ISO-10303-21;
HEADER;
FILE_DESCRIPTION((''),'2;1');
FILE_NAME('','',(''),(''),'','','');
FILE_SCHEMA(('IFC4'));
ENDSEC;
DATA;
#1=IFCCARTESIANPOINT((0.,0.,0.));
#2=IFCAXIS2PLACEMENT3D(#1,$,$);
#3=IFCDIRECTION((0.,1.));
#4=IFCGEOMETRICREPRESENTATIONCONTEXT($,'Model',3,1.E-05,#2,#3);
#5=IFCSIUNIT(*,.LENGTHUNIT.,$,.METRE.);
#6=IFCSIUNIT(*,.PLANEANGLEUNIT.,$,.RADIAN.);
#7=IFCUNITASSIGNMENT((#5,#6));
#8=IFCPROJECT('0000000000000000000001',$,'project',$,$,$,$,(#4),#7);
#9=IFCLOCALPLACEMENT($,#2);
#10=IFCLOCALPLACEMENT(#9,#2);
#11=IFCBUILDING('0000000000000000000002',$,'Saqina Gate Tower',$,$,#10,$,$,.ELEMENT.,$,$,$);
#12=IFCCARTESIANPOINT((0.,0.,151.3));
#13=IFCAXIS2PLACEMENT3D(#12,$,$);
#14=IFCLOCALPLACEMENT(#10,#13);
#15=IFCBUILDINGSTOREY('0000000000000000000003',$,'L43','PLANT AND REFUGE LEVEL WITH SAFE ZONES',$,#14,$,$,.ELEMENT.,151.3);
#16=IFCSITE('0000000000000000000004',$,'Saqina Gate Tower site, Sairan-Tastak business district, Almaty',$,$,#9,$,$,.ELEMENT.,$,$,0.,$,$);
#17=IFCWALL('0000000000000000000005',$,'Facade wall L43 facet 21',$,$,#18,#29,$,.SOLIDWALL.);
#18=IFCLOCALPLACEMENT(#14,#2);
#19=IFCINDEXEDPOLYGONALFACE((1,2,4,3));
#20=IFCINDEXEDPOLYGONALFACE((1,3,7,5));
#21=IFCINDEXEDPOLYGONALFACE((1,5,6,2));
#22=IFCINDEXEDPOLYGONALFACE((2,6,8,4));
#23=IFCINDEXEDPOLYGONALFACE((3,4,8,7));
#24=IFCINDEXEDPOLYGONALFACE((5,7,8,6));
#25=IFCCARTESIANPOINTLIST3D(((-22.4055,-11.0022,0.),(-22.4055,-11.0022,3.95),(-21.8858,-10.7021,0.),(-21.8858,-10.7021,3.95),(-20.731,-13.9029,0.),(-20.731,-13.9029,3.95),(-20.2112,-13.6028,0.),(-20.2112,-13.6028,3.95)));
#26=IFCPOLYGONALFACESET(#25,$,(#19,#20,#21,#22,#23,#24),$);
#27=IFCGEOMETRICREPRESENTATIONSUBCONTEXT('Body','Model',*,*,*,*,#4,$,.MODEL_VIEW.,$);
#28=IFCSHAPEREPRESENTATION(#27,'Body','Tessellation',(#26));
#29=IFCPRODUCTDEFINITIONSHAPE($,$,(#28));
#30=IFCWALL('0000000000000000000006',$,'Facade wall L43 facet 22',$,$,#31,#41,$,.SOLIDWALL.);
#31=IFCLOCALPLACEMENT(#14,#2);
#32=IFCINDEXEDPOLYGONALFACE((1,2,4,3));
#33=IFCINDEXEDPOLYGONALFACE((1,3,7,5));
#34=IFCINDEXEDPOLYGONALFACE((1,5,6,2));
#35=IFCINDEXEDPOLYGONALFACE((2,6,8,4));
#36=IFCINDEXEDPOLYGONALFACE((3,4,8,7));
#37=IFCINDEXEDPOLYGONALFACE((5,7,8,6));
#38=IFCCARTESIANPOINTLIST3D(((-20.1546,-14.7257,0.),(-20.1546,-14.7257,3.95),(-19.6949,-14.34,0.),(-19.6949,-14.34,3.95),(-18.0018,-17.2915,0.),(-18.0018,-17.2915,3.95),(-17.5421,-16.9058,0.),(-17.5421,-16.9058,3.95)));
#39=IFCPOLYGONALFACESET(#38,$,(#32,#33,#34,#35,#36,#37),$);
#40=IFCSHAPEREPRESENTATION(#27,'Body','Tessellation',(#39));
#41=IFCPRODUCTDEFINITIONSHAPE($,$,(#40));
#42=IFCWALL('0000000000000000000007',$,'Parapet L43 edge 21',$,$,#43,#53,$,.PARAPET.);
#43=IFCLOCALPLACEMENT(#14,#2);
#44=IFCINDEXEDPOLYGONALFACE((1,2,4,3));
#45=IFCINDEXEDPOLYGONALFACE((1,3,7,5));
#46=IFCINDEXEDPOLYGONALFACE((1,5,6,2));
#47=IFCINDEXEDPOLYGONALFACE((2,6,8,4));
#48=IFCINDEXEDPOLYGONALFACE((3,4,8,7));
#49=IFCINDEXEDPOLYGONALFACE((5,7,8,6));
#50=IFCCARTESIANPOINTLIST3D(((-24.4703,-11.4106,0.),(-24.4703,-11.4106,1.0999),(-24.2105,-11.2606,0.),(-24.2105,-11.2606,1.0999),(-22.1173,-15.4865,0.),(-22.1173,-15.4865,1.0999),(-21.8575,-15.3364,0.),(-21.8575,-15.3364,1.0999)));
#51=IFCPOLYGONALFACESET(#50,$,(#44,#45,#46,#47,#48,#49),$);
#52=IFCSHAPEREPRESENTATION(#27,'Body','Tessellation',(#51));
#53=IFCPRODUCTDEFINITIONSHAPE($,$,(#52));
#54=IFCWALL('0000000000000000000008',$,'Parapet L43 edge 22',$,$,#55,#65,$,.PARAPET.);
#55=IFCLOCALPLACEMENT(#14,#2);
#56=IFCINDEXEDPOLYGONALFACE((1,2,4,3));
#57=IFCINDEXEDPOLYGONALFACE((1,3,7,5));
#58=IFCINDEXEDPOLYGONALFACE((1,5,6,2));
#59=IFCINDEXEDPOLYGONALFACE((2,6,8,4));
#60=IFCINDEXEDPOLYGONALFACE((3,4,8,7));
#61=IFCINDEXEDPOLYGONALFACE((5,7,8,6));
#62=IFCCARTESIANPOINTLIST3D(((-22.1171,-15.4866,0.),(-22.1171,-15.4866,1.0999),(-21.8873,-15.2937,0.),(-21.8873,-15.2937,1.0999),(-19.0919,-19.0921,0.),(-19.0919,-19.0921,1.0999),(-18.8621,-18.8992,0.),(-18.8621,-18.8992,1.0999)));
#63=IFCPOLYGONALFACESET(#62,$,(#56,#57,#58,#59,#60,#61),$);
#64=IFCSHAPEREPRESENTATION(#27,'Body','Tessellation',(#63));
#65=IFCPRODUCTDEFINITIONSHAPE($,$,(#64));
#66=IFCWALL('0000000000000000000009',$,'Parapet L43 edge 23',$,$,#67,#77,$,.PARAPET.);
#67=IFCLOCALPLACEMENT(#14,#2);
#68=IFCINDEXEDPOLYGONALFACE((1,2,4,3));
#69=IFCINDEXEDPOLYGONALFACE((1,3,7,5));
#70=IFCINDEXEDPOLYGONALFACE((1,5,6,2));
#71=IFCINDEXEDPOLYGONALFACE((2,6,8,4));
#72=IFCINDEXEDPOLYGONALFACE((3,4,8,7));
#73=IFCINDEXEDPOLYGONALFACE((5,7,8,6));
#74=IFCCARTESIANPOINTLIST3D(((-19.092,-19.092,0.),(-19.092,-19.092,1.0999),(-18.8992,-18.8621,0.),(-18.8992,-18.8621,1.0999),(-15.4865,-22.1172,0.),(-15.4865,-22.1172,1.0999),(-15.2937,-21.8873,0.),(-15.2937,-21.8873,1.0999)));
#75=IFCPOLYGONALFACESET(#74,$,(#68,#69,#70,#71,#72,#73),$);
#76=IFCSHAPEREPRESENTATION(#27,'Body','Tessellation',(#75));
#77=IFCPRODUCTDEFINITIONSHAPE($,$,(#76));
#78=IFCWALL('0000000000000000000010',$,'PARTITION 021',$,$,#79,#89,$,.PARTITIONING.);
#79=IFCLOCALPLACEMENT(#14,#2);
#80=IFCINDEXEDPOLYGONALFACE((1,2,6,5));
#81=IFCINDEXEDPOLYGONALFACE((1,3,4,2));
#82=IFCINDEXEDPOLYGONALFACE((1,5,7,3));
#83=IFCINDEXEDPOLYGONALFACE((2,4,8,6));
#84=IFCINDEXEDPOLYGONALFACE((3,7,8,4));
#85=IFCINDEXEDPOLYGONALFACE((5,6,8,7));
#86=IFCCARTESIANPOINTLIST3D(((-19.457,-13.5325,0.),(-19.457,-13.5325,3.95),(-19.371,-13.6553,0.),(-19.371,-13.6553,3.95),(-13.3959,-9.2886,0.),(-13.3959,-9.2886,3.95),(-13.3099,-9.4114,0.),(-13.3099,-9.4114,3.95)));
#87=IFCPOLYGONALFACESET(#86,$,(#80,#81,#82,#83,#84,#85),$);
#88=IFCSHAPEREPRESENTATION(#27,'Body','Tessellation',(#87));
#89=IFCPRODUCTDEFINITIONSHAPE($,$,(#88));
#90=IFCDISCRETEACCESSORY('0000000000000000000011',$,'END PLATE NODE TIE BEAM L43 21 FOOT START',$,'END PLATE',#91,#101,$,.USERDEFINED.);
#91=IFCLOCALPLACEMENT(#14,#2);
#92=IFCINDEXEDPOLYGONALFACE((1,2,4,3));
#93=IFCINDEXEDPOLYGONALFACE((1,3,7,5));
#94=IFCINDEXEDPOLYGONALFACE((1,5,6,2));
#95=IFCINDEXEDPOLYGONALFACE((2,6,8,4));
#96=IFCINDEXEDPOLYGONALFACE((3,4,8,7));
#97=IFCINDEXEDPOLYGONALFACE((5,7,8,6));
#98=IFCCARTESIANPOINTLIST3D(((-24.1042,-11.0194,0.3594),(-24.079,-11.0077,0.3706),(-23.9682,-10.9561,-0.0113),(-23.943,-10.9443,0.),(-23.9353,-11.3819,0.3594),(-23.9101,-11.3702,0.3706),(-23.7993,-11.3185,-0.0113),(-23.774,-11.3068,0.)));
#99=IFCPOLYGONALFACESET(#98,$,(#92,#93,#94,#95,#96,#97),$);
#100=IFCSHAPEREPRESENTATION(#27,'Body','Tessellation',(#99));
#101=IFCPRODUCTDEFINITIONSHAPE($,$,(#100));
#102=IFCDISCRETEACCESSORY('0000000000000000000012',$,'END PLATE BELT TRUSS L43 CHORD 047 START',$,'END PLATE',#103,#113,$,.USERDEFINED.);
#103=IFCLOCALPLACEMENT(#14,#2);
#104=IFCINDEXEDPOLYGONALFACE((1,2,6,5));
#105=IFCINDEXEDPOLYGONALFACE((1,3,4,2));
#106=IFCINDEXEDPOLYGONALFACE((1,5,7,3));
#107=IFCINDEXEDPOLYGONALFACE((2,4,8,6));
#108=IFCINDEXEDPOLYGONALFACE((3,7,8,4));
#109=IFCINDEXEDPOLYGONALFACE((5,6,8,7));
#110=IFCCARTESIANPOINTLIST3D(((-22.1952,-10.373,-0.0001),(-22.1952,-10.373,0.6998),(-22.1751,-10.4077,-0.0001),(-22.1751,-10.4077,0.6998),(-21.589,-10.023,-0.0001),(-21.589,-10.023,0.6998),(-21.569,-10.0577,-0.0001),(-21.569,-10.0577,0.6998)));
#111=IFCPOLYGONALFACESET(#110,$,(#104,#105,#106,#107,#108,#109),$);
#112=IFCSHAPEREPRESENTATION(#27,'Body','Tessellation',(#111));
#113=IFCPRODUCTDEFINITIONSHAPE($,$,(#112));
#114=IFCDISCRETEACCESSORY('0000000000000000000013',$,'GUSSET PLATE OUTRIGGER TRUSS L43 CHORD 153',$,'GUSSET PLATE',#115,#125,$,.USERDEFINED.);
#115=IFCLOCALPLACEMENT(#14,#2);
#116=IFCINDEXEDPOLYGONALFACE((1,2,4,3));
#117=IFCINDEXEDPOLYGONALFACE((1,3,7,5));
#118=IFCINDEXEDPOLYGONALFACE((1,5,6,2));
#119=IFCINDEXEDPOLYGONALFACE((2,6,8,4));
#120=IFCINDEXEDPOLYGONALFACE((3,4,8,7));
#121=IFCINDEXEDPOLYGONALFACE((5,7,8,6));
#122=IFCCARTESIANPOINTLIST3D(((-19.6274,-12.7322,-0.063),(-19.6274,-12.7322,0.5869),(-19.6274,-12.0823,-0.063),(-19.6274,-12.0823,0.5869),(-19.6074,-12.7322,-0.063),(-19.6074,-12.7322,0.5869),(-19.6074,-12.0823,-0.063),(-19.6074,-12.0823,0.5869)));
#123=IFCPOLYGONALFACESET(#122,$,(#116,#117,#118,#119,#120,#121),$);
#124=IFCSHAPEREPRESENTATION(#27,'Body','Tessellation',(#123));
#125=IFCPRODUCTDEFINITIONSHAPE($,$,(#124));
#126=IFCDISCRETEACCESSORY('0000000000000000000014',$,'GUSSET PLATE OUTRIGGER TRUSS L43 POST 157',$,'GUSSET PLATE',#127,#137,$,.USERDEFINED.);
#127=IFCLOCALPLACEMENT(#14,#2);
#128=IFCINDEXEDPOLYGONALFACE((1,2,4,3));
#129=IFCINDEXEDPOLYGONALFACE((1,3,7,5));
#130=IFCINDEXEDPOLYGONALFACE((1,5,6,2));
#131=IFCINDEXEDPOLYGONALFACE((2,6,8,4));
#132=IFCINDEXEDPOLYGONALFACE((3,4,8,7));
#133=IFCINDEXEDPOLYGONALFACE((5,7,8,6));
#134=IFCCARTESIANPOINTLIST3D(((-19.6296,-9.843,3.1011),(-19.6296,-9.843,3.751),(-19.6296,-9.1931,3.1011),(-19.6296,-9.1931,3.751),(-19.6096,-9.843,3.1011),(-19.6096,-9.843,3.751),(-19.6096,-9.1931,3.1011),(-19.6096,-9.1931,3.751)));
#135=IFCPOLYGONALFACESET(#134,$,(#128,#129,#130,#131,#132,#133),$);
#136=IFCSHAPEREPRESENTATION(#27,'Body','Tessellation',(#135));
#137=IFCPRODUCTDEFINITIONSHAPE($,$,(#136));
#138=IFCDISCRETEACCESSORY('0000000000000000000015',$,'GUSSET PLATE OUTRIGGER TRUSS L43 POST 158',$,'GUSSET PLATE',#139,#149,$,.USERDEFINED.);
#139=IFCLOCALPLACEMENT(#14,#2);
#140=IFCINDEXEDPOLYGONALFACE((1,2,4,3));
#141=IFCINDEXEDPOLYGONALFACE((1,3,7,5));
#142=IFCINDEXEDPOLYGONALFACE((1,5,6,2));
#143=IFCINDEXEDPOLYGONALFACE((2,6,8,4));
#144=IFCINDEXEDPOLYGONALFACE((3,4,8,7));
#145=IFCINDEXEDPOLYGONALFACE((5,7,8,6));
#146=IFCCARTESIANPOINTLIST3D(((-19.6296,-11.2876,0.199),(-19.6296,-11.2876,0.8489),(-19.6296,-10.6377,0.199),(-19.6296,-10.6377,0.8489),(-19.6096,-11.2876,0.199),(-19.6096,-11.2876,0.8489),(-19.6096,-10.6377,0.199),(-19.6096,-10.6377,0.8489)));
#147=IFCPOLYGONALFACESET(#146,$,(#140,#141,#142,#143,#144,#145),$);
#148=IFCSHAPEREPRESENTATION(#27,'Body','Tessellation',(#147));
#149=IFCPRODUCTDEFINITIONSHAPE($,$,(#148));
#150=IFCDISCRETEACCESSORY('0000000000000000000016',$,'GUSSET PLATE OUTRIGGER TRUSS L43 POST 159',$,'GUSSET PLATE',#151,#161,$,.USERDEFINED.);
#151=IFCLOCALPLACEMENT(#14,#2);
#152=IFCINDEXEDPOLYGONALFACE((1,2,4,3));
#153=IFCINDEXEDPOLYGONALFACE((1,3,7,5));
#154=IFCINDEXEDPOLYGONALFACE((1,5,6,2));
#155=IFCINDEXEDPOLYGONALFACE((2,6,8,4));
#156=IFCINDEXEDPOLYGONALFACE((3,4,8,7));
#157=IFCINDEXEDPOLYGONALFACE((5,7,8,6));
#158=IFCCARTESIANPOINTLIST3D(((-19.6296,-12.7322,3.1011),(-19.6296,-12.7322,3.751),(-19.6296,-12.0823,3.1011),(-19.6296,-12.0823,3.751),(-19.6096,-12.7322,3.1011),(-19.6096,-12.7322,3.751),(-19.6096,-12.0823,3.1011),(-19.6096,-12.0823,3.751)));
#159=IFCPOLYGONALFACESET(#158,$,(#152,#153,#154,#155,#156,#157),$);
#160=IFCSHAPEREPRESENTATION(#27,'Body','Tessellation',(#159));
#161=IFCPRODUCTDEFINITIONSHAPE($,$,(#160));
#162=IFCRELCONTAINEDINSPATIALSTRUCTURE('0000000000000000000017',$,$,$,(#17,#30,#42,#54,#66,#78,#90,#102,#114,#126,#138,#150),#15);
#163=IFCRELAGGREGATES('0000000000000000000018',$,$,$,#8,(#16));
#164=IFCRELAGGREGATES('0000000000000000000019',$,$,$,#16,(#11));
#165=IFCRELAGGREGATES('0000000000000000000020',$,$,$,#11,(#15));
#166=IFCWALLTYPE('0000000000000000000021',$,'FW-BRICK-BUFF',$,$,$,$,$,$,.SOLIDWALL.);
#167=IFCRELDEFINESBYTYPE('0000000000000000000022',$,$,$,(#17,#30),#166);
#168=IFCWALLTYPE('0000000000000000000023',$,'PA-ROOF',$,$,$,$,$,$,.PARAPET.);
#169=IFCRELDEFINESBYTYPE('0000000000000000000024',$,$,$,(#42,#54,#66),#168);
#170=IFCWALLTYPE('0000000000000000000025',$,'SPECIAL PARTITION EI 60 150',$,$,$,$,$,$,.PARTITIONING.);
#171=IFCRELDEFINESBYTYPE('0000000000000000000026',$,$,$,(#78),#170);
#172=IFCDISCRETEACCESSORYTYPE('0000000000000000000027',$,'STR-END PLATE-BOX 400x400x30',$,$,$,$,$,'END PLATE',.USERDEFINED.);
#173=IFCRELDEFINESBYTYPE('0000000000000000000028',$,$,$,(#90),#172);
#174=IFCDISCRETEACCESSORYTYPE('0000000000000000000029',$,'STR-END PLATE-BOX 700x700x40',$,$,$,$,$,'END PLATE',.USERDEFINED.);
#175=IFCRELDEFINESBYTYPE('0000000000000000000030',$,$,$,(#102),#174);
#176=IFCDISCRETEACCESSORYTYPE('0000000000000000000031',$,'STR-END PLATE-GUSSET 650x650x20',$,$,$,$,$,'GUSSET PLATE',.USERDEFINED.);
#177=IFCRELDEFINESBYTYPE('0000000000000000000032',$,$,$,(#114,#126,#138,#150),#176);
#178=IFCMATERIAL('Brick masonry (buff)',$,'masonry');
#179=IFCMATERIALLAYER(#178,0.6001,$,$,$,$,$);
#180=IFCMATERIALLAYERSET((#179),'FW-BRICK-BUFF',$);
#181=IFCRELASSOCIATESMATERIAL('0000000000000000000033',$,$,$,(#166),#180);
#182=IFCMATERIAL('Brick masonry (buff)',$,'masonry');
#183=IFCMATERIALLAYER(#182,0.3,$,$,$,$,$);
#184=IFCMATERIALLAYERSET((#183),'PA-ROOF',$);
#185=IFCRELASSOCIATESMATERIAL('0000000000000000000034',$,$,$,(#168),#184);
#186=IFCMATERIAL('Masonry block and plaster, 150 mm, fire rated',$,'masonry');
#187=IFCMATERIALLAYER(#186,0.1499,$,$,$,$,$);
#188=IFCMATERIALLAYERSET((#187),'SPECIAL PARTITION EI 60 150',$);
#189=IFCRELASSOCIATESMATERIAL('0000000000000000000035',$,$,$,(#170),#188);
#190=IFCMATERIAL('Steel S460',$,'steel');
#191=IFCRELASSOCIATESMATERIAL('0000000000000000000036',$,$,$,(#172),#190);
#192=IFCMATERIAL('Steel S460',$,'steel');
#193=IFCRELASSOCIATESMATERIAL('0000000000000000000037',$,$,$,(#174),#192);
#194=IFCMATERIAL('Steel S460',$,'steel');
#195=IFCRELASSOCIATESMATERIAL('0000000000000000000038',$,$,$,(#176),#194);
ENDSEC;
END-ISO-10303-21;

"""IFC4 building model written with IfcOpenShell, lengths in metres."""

from ifc_helpers import new_model, si_unit, direction, frame, frame_2d, origin, origin_2d, place, context, subcontext, project, spatial, rectangle, extrude, material, layer, layer_set, material_profile, profile_set, type_object, element, save


model = new_model("IFC4")

# Units and contexts
model_context = context("Model", 3, precision=1e-05, world=origin(), true_north=direction((0.0, 1.0)))
body_context = subcontext(model_context, "Body", "Model", "MODEL_VIEW")
ifc_project = project(units=[si_unit("LENGTHUNIT", "METRE"), si_unit("PLANEANGLEUNIT", "RADIAN")], contexts=[model_context])

# Site, building, storey
site_placement = place(None, origin())
site = spatial("IfcSite", under=ifc_project, at=site_placement, Name="Saqina Gate Tower site, Sairan-Tastak business district, Almaty", CompositionType="ELEMENT", RefElevation=0.0)
building_placement = place(site_placement, origin())
building = spatial("IfcBuilding", under=site, at=building_placement, Name="Saqina Gate Tower", CompositionType="ELEMENT")
storey_placement = place(building_placement, frame((0.0, 0.0, 151.3)))
storey = spatial("IfcBuildingStorey", under=building, at=storey_placement, Name="L43", Description="PLANT AND REFUGE LEVEL WITH SAFE ZONES", CompositionType="ELEMENT", Elevation=151.3)

# Walls
ifc_material_1 = material(Name="Brick masonry (buff)", Category="masonry")
ifc_layer_1 = layer(ifc_material_1, 0.6001)
ifc_layer_set_1 = layer_set([ifc_layer_1], Name="FW-BRICK-BUFF")
wall_type_1 = type_object("IfcWallType", Name="FW-BRICK-BUFF", PredefinedType="SOLIDWALL", material=ifc_layer_set_1)
for number, where, z_axis, x_axis, name in (
    (1, (-22.1458, -10.8521, 0.0), (0.0, 0.0, 1.0), (0.499973, -0.866041, 0.0), "Facade wall L43 facet 21"),
    (2, (-19.9248, -14.5327, 0.0), (0.0, 0.0, 1.0), (0.642748, -0.766078, 0.0), "Facade wall L43 facet 22"),
):
    element("IfcWall", number, at=place(storey_placement, frame(where, z_axis=z_axis, x_axis=x_axis)), inside=storey, type_object=wall_type_1, Name=name, PredefinedType="SOLIDWALL", context=body_context, shape_type="SweptSolid", body=[
        extrude(rectangle(XDim=3.3494, YDim=0.6001, at=frame_2d((1.6748, 0.0))), origin(), (0.0, 0.0, 1.0), 3.95),
    ])
ifc_material_2 = material(Name="Brick masonry (buff)", Category="masonry")
ifc_layer_2 = layer(ifc_material_2, 0.3)
ifc_layer_set_2 = layer_set([ifc_layer_2], Name="PA-ROOF")
wall_type_2 = type_object("IfcWallType", Name="PA-ROOF", PredefinedType="PARAPET", material=ifc_layer_set_2)
wall_1_placement = place(storey_placement, frame((-24.3403, -11.3357, 0.0), z_axis=(0.0, 0.0, 1.0), x_axis=(0.499966, -0.866045, 0.0)))
element("IfcWall", 3, at=wall_1_placement, inside=storey, type_object=wall_type_2, Name="Parapet L43 edge 21", PredefinedType="PARAPET", context=body_context, shape_type="SweptSolid", body=[
    extrude(rectangle(XDim=4.7063, YDim=0.3, at=frame_2d((2.353, 0.0))), origin(), (0.0, 0.0, 1.0), 1.0999),
])
for number, where, z_axis, x_axis, name in (
    (4, (-22.0022, -15.3901, 0.0), (0.0, 0.0, 1.0), (0.642763, -0.766065, 0.0), "Parapet L43 edge 22"),
    (5, (-18.9956, -18.9771, 0.0), (0.0, 0.0, 1.0), (0.766065, -0.642763, 0.0), "Parapet L43 edge 23"),
):
    element("IfcWall", number, at=place(storey_placement, frame(where, z_axis=z_axis, x_axis=x_axis)), inside=storey, type_object=wall_type_2, Name=name, PredefinedType="PARAPET", context=body_context, shape_type="SweptSolid", body=[
        extrude(rectangle(XDim=4.7065, YDim=0.3, at=frame_2d((2.3533, 0.0))), origin(), (0.0, 0.0, 1.0), 1.0999),
    ])
ifc_material_3 = material(Name="Masonry block and plaster, 150 mm, fire rated", Category="masonry")
ifc_layer_3 = layer(ifc_material_3, 0.1499)
ifc_layer_set_3 = layer_set([ifc_layer_3], Name="SPECIAL PARTITION EI 60 150")
wall_type_3 = type_object("IfcWallType", Name="SPECIAL PARTITION EI 60 150", PredefinedType="PARTITIONING", material=ifc_layer_set_3)
wall_2_placement = place(storey_placement, frame((-19.4141, -13.594, 0.0), z_axis=(0.0, 0.0, 1.0), x_axis=(0.819158, 0.573569, 0.0)))
element("IfcWall", 6, at=wall_2_placement, inside=storey, type_object=wall_type_3, Name="PARTITION 021", PredefinedType="PARTITIONING", context=body_context, shape_type="SweptSolid", body=[
    extrude(rectangle(XDim=7.3992, YDim=0.1499, at=frame_2d((3.6997, 0.0))), origin(), (0.0, 0.0, 1.0), 3.95),
])

# Discrete accessories
ifc_material_4 = material(Name="Steel S460", Category="steel")
ifc_material_profile_1 = material_profile(ifc_material_4, rectangle(XDim=0.3999, YDim=0.3999, at=origin_2d()), Name="STR-END PLATE-BOX 400x400x30")
ifc_profile_set_1 = profile_set([ifc_material_profile_1], Name="Steel S460")
discrete_accessory_type_1 = type_object("IfcDiscreteAccessoryType", Name="STR-END PLATE-BOX 400x400x30", ElementType="END PLATE", PredefinedType="USERDEFINED", material=ifc_profile_set_1)
discrete_accessory_1_placement = place(storey_placement, frame((-23.9265, -11.1572, 0.1853), z_axis=(-0.84018, -0.39154, -0.375226), x_axis=(-0.422404, 0.906408, 0.000001)))
element("IfcDiscreteAccessory", 7, at=discrete_accessory_1_placement, inside=storey, type_object=discrete_accessory_type_1, Name="END PLATE NODE TIE BEAM L43 21 FOOT START", ObjectType="END PLATE", PredefinedType="USERDEFINED", context=body_context, shape_type="SweptSolid", body=[
    extrude(rectangle(XDim=0.3999, YDim=0.3999, at=origin_2d()), origin(), (0.0, 0.0, 1.0), 0.03),
])
ifc_material_5 = material(Name="Steel S460", Category="steel")
ifc_material_profile_2 = material_profile(ifc_material_5, rectangle(XDim=0.7, YDim=0.7, at=origin_2d()), Name="STR-END PLATE-BOX 700x700x40")
ifc_profile_set_2 = profile_set([ifc_material_profile_2], Name="Steel S460")
discrete_accessory_type_2 = type_object("IfcDiscreteAccessoryType", Name="STR-END PLATE-BOX 700x700x40", ElementType="END PLATE", PredefinedType="USERDEFINED", material=ifc_profile_set_2)
discrete_accessory_2_placement = place(storey_placement, frame((-21.8721, -10.2327, 0.3499), z_axis=(-0.500074, 0.865982, 0.0), x_axis=(0.865982, 0.500074, 0.0)))
element("IfcDiscreteAccessory", 8, at=discrete_accessory_2_placement, inside=storey, type_object=discrete_accessory_type_2, Name="END PLATE BELT TRUSS L43 CHORD 047 START", ObjectType="END PLATE", PredefinedType="USERDEFINED", context=body_context, shape_type="SweptSolid", body=[
    extrude(rectangle(XDim=0.7, YDim=0.7, at=origin_2d()), origin(), (0.0, 0.0, 1.0), 0.04),
])
ifc_material_6 = material(Name="Steel S460", Category="steel")
ifc_material_profile_3 = material_profile(ifc_material_6, rectangle(XDim=0.6499, YDim=0.6499, at=origin_2d()), Name="STR-END PLATE-GUSSET 650x650x20")
ifc_profile_set_3 = profile_set([ifc_material_profile_3], Name="Steel S460")
discrete_accessory_type_3 = type_object("IfcDiscreteAccessoryType", Name="STR-END PLATE-GUSSET 650x650x20", ElementType="GUSSET PLATE", PredefinedType="USERDEFINED", material=ifc_profile_set_3)
for number, where, z_axis, x_axis, name in (
    (9, (-19.6274, -12.4072, 0.262), (1.0, 0.0, 0.0), (0.0, 1.0, 0.0), "GUSSET PLATE OUTRIGGER TRUSS L43 CHORD 153"),
    (10, (-19.6296, -9.5181, 3.426), (1.0, 0.0, 0.0), (0.0, 1.0, 0.0), "GUSSET PLATE OUTRIGGER TRUSS L43 POST 157"),
    (11, (-19.6296, -10.9626, 0.5239), (1.0, 0.0, 0.0), (0.0, 1.0, 0.0), "GUSSET PLATE OUTRIGGER TRUSS L43 POST 158"),
    (12, (-19.6296, -12.4072, 3.426), (1.0, 0.0, 0.0), (0.0, 1.0, 0.0), "GUSSET PLATE OUTRIGGER TRUSS L43 POST 159"),
):
    element("IfcDiscreteAccessory", number, at=place(storey_placement, frame(where, z_axis=z_axis, x_axis=x_axis)), inside=storey, type_object=discrete_accessory_type_3, Name=name, ObjectType="GUSSET PLATE", PredefinedType="USERDEFINED", context=body_context, shape_type="SweptSolid", body=[
        extrude(rectangle(XDim=0.6499, YDim=0.6499, at=origin_2d()), origin(), (0.0, 0.0, 1.0), 0.02),
    ])

save(model, "model.ifc")
